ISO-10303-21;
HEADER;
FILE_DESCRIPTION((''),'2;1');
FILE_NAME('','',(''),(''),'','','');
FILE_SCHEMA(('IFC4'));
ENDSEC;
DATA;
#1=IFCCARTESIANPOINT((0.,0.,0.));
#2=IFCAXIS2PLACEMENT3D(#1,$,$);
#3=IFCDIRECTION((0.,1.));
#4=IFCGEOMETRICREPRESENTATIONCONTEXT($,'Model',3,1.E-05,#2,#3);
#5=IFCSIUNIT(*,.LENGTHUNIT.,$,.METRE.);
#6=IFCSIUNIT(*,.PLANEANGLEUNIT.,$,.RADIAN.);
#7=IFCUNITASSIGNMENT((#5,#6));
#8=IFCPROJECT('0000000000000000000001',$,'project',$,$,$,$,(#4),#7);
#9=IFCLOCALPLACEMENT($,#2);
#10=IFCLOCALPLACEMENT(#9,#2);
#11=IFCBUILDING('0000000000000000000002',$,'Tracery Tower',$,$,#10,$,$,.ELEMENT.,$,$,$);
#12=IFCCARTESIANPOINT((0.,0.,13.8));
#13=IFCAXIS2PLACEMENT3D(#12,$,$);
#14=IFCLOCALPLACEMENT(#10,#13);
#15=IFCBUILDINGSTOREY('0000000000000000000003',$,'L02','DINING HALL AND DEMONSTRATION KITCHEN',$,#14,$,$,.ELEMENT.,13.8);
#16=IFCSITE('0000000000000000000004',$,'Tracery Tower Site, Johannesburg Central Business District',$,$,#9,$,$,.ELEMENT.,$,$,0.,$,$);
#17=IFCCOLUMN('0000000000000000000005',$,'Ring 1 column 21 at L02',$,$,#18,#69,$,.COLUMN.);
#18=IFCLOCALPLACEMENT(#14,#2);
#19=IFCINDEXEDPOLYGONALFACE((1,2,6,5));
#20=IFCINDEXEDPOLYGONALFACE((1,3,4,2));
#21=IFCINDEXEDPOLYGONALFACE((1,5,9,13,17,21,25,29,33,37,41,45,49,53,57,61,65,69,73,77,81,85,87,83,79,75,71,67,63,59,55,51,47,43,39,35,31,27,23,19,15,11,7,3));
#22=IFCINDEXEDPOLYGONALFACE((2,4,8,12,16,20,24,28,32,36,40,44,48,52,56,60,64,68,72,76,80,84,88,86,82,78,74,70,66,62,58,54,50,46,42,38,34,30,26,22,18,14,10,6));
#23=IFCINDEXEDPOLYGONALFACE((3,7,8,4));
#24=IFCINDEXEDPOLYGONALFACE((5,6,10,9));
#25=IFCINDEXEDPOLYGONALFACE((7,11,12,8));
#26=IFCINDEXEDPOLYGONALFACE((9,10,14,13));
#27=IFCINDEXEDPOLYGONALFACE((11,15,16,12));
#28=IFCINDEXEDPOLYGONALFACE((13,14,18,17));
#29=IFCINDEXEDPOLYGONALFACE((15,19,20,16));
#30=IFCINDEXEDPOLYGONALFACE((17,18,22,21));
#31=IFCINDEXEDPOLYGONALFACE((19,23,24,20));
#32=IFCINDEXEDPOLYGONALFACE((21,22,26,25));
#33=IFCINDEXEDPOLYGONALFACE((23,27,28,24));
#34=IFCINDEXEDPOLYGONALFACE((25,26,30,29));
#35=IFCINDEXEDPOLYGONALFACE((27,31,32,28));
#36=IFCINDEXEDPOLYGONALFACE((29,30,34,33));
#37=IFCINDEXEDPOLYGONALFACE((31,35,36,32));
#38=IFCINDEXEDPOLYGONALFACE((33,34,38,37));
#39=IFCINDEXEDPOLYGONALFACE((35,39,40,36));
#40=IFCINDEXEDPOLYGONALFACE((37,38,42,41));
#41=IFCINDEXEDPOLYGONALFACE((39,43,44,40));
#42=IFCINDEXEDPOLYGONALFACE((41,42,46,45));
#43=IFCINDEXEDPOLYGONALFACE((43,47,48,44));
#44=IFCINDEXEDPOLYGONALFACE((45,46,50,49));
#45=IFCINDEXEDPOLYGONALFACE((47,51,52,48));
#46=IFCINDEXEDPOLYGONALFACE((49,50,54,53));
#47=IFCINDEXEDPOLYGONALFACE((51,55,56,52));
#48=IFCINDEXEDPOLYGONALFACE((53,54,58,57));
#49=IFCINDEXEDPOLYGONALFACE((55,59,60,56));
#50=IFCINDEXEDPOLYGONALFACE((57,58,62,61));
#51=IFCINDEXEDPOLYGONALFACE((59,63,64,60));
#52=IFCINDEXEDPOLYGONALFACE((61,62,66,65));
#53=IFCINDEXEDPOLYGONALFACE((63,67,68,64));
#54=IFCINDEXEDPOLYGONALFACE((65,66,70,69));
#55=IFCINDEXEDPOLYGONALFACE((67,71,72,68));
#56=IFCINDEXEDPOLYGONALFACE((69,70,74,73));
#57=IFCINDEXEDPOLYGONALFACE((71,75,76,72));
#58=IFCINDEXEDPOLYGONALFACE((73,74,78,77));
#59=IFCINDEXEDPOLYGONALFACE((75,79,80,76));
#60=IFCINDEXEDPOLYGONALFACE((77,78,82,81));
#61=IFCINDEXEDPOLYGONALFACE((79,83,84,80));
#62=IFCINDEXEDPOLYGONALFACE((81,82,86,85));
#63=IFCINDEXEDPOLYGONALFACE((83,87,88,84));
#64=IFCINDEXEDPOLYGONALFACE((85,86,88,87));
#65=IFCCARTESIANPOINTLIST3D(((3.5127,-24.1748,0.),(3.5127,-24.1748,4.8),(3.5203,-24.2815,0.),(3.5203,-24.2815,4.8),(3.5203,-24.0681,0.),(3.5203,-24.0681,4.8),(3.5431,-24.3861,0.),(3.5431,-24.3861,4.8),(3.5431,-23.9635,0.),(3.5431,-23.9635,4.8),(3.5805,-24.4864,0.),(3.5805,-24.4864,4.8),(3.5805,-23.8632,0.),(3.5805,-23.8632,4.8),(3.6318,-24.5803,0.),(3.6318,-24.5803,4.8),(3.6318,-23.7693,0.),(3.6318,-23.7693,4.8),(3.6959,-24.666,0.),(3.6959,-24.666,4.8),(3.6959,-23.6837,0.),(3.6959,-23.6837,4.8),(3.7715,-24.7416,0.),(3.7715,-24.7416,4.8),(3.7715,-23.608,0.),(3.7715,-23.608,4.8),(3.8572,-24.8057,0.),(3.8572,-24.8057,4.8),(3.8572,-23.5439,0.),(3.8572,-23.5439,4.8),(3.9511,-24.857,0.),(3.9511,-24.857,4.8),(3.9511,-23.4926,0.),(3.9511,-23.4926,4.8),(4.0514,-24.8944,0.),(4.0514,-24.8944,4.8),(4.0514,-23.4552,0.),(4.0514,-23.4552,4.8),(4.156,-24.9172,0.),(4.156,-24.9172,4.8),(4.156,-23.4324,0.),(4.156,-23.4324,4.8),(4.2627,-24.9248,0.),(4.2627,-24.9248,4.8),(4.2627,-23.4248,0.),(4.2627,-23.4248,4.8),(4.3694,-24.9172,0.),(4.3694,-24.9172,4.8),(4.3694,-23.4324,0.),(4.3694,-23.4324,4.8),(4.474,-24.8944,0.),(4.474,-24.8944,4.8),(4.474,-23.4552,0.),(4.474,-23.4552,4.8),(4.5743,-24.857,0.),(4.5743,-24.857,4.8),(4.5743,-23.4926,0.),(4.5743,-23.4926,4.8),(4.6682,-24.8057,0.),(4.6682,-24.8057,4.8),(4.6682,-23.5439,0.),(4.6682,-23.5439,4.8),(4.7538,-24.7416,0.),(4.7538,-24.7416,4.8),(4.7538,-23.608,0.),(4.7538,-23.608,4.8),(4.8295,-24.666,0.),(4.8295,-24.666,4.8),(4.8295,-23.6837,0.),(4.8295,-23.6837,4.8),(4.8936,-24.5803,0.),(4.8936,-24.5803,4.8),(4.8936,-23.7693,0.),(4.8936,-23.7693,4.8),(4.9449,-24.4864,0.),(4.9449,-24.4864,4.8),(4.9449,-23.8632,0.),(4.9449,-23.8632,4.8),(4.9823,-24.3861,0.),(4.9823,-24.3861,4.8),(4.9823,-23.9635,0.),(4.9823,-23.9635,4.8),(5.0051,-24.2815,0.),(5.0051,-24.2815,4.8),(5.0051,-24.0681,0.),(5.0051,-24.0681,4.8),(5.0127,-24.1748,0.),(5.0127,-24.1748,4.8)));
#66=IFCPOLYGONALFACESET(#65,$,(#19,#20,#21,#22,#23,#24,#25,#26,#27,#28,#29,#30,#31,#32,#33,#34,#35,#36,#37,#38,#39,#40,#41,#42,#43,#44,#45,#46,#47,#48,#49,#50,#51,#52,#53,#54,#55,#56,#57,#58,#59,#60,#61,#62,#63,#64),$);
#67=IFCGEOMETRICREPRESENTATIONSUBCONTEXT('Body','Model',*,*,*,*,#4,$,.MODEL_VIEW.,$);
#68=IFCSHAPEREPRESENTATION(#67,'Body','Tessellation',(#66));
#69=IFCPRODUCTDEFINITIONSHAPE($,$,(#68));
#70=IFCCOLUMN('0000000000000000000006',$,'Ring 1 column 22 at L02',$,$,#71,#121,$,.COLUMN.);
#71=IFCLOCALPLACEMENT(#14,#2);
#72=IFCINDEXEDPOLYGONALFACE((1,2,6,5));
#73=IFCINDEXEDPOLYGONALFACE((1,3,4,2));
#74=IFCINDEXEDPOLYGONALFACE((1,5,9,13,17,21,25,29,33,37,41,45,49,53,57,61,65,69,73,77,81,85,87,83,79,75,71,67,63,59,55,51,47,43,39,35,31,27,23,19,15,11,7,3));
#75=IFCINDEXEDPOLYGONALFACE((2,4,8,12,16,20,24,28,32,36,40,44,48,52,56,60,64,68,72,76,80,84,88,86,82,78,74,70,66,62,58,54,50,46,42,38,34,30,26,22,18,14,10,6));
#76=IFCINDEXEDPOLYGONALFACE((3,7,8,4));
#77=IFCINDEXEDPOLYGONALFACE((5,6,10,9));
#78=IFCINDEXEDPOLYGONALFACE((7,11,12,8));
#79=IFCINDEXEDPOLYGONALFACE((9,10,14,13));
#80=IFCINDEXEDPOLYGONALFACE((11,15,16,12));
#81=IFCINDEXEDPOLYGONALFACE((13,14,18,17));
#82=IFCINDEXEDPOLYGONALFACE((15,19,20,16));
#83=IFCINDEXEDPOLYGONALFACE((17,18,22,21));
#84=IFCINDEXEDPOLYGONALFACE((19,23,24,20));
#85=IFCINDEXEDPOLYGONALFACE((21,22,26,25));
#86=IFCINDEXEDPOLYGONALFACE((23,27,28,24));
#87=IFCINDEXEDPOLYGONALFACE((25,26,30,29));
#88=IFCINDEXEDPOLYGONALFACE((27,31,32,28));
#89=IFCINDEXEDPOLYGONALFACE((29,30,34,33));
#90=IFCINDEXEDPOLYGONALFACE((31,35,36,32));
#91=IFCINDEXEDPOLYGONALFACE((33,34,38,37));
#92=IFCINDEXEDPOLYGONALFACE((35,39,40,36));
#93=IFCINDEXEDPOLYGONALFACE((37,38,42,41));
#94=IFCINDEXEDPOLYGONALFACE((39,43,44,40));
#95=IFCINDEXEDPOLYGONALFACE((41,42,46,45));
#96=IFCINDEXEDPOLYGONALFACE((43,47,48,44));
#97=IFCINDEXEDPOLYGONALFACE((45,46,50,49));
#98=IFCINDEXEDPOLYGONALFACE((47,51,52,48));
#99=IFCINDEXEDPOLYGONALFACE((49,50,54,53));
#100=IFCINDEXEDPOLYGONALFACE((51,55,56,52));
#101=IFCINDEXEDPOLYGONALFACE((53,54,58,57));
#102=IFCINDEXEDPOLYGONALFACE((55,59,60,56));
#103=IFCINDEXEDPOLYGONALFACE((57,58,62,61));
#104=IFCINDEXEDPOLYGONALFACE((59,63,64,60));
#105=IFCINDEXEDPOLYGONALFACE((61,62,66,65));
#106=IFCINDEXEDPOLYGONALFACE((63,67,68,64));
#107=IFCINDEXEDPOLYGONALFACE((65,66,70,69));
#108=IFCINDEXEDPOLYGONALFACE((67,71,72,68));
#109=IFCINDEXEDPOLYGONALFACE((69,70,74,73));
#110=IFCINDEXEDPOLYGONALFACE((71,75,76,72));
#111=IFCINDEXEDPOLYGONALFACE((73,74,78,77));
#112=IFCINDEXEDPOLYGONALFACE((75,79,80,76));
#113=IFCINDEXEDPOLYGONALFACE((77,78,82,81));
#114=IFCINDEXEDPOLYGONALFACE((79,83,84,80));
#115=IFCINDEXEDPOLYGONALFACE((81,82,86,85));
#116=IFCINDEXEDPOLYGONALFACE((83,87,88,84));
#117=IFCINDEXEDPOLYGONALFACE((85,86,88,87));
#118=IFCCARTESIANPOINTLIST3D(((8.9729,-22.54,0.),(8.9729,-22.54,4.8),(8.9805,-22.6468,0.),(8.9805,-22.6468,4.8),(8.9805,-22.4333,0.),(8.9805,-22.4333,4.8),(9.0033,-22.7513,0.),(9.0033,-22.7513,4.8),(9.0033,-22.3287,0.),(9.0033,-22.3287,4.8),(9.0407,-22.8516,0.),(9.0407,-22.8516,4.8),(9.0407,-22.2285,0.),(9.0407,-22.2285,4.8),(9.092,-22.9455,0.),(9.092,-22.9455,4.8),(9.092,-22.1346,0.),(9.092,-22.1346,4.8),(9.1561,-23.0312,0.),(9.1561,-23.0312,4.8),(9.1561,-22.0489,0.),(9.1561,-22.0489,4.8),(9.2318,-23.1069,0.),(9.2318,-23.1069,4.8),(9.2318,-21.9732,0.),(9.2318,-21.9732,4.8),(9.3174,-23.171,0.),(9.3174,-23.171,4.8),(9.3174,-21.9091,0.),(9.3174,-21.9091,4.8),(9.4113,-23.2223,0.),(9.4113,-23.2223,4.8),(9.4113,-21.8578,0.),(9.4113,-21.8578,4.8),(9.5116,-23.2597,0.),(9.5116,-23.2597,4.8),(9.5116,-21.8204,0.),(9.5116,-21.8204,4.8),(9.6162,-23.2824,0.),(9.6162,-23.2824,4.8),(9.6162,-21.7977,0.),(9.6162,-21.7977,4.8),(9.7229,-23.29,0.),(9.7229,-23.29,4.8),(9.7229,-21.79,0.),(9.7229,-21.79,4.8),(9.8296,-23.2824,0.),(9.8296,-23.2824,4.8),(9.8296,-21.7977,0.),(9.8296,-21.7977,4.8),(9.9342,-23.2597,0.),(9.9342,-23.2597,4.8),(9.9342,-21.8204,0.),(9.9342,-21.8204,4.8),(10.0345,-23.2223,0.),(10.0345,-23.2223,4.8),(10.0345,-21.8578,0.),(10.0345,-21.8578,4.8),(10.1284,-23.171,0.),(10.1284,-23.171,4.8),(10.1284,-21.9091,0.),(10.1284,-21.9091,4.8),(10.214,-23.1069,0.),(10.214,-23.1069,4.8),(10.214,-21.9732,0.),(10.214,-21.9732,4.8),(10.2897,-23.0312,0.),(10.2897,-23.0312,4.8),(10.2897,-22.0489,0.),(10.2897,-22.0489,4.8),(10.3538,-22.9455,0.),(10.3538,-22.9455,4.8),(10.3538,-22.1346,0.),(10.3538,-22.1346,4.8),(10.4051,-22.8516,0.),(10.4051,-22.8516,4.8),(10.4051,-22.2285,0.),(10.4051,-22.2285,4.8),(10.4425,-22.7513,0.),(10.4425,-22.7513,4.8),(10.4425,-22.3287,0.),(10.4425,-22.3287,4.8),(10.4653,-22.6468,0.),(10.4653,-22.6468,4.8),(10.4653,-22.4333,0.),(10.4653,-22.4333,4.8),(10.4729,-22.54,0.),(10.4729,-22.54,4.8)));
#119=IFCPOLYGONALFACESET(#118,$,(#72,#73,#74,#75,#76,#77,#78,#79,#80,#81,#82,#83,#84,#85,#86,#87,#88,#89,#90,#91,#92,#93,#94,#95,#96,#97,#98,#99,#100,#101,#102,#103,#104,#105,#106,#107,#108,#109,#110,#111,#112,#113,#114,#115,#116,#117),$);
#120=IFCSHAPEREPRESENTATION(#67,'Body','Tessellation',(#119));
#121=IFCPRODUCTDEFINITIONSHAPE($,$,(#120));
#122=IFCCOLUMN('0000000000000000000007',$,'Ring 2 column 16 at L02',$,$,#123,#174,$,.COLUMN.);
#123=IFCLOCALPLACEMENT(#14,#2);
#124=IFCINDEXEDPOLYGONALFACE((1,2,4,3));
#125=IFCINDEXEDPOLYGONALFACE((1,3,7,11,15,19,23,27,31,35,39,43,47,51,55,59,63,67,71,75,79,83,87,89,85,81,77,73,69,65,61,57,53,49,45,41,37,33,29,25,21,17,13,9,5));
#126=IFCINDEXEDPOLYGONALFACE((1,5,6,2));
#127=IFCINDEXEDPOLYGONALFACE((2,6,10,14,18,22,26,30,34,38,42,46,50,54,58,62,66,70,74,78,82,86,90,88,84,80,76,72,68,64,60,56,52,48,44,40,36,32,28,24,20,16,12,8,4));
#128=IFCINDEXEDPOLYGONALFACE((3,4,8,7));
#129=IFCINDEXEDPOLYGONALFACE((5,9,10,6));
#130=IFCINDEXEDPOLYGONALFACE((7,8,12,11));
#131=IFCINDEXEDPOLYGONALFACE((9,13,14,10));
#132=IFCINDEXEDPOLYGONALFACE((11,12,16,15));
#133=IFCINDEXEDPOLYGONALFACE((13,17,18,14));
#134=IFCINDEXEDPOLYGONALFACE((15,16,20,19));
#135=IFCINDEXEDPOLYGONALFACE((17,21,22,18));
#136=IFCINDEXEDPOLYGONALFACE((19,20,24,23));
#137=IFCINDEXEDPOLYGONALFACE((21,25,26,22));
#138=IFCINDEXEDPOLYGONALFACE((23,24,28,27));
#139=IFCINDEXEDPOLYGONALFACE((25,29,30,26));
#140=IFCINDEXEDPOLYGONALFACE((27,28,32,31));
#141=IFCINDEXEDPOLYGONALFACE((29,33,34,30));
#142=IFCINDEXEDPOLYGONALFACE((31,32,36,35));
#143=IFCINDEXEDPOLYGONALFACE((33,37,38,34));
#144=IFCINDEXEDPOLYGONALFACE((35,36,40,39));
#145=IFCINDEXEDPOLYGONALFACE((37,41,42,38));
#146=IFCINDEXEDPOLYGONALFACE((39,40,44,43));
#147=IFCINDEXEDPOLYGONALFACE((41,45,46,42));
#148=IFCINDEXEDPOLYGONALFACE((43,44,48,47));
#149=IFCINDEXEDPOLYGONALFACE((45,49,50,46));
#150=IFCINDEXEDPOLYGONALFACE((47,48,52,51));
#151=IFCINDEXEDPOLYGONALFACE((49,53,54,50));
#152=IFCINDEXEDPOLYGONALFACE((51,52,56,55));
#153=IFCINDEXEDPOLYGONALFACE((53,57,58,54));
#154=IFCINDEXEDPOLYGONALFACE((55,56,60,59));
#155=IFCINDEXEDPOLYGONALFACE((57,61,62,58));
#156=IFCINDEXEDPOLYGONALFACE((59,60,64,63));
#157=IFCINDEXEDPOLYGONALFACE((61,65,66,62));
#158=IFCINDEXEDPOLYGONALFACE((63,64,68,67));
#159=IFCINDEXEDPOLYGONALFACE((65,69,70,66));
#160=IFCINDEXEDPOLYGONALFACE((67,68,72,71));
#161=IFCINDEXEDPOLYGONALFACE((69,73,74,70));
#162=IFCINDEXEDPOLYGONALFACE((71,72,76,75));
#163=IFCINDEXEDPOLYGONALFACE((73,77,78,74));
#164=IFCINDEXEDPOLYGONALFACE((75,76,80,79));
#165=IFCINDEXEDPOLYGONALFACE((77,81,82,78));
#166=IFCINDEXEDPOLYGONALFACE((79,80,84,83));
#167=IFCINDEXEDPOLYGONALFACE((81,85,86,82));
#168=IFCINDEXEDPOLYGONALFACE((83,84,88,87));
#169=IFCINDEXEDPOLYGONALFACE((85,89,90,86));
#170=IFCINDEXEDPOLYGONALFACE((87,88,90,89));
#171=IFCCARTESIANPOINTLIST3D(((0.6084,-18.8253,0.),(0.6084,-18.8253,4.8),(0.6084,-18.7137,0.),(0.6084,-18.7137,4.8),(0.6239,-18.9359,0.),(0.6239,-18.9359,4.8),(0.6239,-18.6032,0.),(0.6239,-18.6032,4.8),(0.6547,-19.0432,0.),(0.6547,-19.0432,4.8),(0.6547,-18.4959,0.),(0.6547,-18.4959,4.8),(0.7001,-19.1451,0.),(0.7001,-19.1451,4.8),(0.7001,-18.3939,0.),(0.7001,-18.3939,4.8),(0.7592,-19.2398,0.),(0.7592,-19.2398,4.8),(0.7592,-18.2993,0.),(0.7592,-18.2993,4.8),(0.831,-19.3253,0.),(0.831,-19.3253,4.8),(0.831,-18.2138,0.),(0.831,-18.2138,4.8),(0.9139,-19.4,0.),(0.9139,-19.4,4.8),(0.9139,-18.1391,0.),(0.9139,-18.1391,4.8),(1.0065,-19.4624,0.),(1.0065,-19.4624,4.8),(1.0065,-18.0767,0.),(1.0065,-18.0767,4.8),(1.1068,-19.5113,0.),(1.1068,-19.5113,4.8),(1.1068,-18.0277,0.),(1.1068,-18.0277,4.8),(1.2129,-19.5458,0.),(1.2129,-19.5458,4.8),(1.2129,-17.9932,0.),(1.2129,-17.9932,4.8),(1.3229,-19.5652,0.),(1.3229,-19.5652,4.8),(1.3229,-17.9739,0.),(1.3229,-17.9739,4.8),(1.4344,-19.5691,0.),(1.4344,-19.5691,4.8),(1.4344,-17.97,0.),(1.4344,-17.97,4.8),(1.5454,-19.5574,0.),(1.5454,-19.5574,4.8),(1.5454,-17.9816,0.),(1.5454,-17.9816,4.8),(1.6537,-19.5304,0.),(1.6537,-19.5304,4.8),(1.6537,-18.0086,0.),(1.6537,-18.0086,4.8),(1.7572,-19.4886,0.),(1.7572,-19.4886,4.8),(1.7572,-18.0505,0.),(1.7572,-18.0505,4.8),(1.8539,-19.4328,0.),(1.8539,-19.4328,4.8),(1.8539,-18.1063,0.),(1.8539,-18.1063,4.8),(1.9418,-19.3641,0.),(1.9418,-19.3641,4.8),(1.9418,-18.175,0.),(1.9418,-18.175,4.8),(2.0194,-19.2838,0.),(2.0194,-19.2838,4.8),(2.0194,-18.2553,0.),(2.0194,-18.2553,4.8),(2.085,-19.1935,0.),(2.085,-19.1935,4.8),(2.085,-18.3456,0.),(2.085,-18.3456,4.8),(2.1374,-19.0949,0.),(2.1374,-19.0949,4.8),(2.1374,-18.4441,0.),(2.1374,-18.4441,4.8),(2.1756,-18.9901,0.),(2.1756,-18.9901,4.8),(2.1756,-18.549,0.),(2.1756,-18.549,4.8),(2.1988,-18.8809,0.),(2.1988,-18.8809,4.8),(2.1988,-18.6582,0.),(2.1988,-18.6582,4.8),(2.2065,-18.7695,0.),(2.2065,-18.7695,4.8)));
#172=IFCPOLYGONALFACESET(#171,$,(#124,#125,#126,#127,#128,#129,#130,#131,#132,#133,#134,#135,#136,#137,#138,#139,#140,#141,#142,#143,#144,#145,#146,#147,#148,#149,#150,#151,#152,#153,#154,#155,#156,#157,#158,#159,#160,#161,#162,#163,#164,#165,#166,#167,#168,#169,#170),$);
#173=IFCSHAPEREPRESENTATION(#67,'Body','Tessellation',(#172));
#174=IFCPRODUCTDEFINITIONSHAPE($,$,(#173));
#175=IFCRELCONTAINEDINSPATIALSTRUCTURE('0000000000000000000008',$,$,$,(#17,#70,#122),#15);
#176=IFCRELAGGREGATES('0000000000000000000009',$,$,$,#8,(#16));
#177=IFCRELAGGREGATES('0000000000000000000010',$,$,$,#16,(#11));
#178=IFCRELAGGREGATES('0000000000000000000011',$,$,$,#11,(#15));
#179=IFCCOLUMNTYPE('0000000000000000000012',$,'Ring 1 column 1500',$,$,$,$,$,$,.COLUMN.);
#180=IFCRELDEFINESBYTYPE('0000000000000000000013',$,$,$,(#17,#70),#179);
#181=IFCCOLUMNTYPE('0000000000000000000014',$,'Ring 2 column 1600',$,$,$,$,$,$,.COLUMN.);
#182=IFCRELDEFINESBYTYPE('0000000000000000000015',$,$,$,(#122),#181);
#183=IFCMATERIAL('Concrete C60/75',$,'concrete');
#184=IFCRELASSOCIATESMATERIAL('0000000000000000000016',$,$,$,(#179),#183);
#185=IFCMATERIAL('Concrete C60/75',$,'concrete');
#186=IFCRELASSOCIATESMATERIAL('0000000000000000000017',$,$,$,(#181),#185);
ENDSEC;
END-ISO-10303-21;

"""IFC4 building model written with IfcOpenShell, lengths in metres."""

from ifc_helpers import new_model, si_unit, direction, frame, origin, origin_2d, place, context, subcontext, project, spatial, circle, extrude, material, material_profile, profile_set, type_object, element, save


model = new_model("IFC4")

# Units and contexts
model_context = context("Model", 3, precision=1e-05, world=origin(), true_north=direction((0.0, 1.0)))
body_context = subcontext(model_context, "Body", "Model", "MODEL_VIEW")
ifc_project = project(units=[si_unit("LENGTHUNIT", "METRE"), si_unit("PLANEANGLEUNIT", "RADIAN")], contexts=[model_context])

# Site, building, storey
site_placement = place(None, origin())
site = spatial("IfcSite", under=ifc_project, at=site_placement, Name="Tracery Tower Site, Johannesburg Central Business District", CompositionType="ELEMENT", RefElevation=0.0)
building_placement = place(site_placement, origin())
building = spatial("IfcBuilding", under=site, at=building_placement, Name="Tracery Tower", CompositionType="ELEMENT")
storey_placement = place(building_placement, frame((0.0, 0.0, 13.8)))
storey = spatial("IfcBuildingStorey", under=building, at=storey_placement, Name="L02", Description="DINING HALL AND DEMONSTRATION KITCHEN", CompositionType="ELEMENT", Elevation=13.8)

# Columns
ifc_material_1 = material(Name="Concrete C60/75", Category="concrete")
ifc_material_profile_1 = material_profile(ifc_material_1, circle(Radius=0.75, at=origin_2d()), Name="RC D1500")
ifc_profile_set_1 = profile_set([ifc_material_profile_1], Name="Concrete C60/75")
column_type_1 = type_object("IfcColumnType", Name="Ring 1 column 1500", PredefinedType="COLUMN", material=ifc_profile_set_1)
for number, where, z_axis, x_axis, name in (
    (1, (4.2627, -24.1748, 0.0), (0.0, 0.0, 1.0), (1.0, 0.0, 0.0), "Ring 1 column 21 at L02"),
    (2, (9.7229, -22.54, 0.0), (0.0, 0.0, 1.0), (1.0, 0.0, 0.0), "Ring 1 column 22 at L02"),
):
    element("IfcColumn", number, at=place(storey_placement, frame(where, z_axis=z_axis, x_axis=x_axis)), inside=storey, type_object=column_type_1, Name=name, PredefinedType="COLUMN", context=body_context, shape_type="SweptSolid", body=[
        extrude(circle(Radius=0.75, at=origin_2d()), origin(), (0.0, 0.0, 1.0), 4.8),
    ])
ifc_material_2 = material(Name="Concrete C60/75", Category="concrete")
ifc_material_profile_2 = material_profile(ifc_material_2, circle(Radius=0.8, at=origin_2d()), Name="RC D1600")
ifc_profile_set_2 = profile_set([ifc_material_profile_2], Name="Concrete C60/75")
column_type_2 = type_object("IfcColumnType", Name="Ring 2 column 1600", PredefinedType="COLUMN", material=ifc_profile_set_2)
for number, where, z_axis, x_axis, name in (
    (3, (1.4065, -18.7695, 0.0), (0.0, 0.0, 1.0), (1.0, 0.0, 0.0), "Ring 2 column 16 at L02"),
):
    element("IfcColumn", number, at=place(storey_placement, frame(where, z_axis=z_axis, x_axis=x_axis)), inside=storey, type_object=column_type_2, Name=name, PredefinedType="COLUMN", context=body_context, shape_type="SweptSolid", body=[
        extrude(circle(Radius=0.8, at=origin_2d()), origin(), (0.0, 0.0, 1.0), 4.8),
    ])

save(model, "model.ifc")
